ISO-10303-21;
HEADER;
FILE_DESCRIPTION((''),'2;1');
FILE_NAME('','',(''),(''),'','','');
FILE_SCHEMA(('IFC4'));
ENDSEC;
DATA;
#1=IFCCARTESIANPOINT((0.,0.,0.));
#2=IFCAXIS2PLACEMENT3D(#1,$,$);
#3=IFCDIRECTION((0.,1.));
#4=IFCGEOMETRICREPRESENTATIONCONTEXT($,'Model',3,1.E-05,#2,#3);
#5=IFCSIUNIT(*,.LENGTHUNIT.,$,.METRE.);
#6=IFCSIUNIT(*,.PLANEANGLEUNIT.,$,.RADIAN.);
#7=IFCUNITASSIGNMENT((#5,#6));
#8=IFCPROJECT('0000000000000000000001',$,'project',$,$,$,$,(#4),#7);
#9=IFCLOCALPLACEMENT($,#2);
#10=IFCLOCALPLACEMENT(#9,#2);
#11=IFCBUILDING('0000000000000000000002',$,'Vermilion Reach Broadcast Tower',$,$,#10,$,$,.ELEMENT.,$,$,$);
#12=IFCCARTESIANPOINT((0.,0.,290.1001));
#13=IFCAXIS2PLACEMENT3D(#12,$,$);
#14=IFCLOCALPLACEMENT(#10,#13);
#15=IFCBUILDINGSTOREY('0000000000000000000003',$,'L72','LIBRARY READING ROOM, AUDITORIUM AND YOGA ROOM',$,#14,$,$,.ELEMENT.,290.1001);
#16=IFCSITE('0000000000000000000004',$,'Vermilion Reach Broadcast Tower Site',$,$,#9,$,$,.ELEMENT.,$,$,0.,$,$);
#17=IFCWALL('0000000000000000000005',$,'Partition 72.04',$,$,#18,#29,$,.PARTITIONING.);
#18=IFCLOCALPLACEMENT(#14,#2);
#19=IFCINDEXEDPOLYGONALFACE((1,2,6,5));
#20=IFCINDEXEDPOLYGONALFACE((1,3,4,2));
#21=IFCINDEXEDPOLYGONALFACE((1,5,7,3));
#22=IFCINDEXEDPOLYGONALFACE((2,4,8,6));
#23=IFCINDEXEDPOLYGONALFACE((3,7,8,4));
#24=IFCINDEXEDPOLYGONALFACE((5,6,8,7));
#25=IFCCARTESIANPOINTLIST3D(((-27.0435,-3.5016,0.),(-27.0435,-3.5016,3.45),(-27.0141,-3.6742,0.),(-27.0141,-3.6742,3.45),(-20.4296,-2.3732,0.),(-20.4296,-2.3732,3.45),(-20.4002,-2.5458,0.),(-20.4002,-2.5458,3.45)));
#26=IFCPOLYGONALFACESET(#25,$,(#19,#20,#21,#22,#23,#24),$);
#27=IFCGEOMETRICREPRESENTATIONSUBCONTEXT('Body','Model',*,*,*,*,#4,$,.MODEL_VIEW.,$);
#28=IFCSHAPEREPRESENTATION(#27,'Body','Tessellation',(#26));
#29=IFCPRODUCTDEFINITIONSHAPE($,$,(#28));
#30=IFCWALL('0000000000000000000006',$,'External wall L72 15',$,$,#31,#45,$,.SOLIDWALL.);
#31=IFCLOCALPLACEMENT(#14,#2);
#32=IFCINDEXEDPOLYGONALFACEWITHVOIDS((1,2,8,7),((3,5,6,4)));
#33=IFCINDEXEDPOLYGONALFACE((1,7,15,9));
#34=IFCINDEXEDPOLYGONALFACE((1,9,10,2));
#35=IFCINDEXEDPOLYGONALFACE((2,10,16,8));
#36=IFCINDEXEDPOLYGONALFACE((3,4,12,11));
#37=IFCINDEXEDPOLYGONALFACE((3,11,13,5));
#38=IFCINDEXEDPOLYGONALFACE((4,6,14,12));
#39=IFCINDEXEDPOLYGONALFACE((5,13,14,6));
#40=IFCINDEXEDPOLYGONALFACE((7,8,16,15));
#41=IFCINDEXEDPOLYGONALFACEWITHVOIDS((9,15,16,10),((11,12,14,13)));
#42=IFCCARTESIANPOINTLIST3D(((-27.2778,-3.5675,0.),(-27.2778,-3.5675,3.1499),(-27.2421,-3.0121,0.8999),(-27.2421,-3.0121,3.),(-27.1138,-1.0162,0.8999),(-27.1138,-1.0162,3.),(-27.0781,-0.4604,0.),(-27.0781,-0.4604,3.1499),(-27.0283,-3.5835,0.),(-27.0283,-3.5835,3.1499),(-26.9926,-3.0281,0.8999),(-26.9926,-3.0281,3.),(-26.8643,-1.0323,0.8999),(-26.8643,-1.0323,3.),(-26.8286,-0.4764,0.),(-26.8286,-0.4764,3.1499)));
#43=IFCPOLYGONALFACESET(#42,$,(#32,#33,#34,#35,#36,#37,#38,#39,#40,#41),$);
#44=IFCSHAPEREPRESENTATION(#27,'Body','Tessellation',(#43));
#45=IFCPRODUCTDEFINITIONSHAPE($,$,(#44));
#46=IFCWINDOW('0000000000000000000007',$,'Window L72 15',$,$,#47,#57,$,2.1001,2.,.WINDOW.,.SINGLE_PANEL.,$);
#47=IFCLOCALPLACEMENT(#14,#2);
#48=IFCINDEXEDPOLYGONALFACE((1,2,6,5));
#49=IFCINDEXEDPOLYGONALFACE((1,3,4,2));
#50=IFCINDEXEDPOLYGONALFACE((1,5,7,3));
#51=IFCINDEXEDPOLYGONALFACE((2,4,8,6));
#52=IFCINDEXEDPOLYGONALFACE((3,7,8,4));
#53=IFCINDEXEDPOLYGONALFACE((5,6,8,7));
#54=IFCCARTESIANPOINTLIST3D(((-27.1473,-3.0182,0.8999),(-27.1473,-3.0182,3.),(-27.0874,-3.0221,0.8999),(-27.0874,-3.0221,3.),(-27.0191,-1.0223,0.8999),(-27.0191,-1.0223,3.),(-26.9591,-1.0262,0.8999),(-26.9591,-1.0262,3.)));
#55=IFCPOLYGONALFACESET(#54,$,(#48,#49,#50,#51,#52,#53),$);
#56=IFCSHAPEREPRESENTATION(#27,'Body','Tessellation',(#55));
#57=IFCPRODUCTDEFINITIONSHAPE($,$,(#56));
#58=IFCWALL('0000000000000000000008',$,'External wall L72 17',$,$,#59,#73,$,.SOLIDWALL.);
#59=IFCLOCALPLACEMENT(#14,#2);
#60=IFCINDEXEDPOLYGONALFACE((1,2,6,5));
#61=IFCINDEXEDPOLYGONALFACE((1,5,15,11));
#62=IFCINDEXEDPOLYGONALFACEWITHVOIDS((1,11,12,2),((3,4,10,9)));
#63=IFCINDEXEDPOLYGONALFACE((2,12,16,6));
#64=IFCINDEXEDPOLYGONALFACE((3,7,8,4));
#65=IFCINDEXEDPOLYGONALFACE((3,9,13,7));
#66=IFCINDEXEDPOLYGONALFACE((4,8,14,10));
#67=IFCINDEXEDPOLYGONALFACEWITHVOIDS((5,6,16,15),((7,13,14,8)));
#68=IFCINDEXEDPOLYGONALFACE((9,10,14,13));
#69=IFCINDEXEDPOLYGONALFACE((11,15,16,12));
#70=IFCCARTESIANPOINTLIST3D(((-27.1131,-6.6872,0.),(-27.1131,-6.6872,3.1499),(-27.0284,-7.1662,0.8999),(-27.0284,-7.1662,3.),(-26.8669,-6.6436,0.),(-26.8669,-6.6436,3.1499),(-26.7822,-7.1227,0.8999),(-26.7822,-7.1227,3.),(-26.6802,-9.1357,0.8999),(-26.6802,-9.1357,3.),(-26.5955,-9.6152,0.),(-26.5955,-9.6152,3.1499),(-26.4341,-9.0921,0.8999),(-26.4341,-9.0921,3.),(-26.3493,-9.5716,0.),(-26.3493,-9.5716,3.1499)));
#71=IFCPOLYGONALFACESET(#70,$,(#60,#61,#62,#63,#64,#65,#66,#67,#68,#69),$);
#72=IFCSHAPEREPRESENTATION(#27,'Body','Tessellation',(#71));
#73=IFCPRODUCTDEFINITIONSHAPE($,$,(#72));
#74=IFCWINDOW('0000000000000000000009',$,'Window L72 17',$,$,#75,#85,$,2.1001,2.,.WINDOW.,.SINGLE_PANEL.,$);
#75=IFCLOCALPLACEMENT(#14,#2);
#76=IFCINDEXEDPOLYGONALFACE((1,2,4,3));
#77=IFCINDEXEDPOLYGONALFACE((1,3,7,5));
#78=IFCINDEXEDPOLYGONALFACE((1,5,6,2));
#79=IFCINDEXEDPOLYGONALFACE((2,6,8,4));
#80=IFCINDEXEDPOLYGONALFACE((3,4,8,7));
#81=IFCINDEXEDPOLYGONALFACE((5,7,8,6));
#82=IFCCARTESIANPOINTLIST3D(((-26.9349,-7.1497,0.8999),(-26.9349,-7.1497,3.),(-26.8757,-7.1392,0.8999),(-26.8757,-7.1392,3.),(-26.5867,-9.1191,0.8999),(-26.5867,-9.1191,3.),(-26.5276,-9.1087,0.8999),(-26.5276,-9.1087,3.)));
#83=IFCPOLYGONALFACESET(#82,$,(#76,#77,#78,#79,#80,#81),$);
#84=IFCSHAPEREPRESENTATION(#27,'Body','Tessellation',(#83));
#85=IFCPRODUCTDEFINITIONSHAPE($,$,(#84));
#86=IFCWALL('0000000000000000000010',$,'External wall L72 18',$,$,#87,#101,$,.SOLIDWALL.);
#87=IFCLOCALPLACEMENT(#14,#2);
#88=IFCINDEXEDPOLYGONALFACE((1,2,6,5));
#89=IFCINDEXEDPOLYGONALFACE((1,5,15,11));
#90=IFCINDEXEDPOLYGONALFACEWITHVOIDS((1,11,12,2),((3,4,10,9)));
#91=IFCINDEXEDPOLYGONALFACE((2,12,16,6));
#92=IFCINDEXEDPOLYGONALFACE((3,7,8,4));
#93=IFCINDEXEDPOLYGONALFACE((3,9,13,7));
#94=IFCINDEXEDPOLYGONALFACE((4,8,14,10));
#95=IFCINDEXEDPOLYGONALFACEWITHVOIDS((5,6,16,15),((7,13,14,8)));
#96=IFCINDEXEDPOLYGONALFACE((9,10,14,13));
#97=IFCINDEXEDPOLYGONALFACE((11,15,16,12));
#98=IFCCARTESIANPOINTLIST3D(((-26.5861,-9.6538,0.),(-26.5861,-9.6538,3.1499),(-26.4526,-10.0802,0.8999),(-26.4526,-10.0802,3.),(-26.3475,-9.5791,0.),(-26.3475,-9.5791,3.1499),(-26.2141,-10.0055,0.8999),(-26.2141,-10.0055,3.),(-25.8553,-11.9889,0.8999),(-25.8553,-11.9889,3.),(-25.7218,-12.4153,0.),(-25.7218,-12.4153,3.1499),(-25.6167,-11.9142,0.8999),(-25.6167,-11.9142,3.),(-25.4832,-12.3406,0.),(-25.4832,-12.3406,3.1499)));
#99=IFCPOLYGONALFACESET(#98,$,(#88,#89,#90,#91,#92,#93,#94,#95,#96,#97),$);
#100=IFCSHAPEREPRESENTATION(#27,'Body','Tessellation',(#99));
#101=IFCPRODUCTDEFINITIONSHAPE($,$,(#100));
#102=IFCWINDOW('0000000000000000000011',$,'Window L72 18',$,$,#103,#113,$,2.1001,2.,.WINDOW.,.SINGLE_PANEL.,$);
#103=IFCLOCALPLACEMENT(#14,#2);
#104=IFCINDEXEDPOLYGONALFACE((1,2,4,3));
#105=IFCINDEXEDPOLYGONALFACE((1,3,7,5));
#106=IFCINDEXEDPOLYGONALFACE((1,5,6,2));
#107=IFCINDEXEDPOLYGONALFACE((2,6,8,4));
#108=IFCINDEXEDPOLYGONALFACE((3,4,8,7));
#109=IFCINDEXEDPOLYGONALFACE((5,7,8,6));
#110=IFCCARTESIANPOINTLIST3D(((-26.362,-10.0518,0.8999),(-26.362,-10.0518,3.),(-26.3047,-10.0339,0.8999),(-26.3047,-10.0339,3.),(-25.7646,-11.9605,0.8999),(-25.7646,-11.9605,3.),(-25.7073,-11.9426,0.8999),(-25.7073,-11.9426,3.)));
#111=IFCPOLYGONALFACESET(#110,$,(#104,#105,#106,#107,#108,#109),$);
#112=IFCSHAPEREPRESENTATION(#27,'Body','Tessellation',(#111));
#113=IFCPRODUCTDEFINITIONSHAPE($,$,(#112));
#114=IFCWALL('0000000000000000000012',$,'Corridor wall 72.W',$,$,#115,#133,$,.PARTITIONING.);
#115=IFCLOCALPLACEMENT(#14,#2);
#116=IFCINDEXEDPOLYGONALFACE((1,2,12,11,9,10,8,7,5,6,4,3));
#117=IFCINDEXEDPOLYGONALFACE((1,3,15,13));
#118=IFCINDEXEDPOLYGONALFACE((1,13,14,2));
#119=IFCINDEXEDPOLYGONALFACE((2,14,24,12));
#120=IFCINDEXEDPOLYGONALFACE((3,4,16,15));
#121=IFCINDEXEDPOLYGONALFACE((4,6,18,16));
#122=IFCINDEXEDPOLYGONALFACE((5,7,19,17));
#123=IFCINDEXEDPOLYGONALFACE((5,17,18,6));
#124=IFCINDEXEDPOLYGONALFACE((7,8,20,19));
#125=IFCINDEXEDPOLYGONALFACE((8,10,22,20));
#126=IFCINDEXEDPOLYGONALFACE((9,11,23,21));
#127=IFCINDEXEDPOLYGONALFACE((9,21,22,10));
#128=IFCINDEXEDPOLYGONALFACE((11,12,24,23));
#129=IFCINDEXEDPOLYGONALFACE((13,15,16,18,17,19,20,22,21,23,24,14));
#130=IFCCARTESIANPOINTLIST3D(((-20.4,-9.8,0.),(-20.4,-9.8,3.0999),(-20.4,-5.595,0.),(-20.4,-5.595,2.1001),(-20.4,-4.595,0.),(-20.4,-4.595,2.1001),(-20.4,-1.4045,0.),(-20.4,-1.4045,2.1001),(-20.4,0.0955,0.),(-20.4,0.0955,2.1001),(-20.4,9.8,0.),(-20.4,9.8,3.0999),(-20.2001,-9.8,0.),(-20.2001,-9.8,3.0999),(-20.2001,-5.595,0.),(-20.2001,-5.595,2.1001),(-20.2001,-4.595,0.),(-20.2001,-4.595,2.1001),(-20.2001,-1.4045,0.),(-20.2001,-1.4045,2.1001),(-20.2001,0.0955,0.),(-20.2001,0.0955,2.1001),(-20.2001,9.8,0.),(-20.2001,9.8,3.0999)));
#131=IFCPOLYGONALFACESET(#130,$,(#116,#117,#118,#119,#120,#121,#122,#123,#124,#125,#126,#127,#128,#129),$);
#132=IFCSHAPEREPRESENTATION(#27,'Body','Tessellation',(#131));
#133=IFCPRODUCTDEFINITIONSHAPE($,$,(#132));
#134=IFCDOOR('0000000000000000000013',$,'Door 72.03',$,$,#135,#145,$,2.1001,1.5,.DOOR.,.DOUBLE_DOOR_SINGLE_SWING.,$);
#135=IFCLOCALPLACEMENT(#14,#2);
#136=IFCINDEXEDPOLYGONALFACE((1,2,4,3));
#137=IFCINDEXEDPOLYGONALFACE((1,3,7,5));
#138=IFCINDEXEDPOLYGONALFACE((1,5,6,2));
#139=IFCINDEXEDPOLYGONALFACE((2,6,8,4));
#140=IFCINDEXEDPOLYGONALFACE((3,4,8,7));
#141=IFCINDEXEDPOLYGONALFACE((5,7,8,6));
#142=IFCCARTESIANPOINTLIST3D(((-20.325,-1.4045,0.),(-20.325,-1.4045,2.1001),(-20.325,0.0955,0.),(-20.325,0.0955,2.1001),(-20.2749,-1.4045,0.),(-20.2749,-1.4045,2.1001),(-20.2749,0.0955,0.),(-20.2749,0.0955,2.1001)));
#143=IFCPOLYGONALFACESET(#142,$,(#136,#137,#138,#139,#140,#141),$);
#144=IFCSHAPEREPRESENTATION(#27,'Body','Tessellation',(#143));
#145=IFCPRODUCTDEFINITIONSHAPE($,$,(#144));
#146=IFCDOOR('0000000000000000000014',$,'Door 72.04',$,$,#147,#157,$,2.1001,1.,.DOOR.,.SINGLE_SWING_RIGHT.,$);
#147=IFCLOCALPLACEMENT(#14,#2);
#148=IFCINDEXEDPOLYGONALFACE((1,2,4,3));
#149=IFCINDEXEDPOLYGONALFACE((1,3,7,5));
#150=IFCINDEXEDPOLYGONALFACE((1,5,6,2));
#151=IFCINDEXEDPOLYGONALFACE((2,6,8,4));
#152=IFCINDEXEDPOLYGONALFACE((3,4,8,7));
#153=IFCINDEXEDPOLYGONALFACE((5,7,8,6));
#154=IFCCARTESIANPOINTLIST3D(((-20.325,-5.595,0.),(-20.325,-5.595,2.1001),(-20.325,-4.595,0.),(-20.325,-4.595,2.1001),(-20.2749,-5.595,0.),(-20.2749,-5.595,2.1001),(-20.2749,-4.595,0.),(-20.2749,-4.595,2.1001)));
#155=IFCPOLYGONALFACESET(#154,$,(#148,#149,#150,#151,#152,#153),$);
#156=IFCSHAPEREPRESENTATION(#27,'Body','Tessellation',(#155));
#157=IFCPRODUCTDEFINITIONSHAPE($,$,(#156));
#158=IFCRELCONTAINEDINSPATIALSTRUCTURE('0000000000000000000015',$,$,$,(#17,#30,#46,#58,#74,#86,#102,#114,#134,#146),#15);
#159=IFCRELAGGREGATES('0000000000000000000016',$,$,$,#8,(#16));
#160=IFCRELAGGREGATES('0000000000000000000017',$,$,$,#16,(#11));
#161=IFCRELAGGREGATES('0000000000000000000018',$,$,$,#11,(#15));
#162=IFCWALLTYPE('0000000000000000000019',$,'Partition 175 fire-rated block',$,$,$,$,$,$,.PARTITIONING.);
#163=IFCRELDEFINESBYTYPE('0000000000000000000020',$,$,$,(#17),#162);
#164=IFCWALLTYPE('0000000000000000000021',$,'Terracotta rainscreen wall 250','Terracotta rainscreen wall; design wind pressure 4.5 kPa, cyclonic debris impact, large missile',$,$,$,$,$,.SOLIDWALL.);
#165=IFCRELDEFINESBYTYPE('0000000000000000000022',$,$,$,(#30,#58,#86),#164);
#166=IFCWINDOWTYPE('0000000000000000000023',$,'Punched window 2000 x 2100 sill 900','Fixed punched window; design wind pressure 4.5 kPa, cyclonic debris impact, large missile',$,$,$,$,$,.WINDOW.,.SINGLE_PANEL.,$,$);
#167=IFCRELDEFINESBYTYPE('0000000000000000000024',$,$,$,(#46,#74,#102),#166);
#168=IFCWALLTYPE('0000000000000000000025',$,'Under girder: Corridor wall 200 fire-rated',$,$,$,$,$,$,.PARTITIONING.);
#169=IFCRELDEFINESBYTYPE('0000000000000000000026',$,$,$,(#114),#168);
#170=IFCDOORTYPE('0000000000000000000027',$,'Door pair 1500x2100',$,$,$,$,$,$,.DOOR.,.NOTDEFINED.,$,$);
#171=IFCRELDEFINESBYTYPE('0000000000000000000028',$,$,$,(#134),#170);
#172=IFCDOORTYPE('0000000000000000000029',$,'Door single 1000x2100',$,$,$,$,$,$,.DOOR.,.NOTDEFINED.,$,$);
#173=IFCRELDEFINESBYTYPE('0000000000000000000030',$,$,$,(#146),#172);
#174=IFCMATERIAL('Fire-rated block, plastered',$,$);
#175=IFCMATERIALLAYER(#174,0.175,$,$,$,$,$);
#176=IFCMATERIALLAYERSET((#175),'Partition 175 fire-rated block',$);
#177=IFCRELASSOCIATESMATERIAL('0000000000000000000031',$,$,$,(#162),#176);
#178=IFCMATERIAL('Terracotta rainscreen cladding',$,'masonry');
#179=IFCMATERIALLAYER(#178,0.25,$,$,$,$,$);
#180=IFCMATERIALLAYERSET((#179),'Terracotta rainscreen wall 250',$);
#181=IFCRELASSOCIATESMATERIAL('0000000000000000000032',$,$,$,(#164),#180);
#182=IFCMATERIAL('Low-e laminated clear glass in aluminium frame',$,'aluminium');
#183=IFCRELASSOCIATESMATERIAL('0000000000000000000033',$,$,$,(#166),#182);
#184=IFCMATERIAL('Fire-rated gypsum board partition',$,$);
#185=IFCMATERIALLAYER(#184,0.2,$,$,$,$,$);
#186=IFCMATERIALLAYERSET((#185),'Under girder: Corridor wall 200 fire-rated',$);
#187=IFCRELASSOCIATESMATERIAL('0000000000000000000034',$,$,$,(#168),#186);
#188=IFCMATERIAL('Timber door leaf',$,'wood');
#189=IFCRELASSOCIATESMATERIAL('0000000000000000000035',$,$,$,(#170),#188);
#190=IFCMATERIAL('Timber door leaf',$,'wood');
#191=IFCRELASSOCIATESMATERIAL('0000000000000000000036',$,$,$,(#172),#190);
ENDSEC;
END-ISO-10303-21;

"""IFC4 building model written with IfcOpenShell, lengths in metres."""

from ifc_helpers import new_model, si_unit, direction, frame, frame_2d, origin, place, context, subcontext, project, spatial, rectangle, extrude, material, layer, layer_set, type_object, element, fill, save


model = new_model("IFC4")

# Units and contexts
model_context = context("Model", 3, precision=1e-05, world=origin(), true_north=direction((0.0, 1.0)))
body_context = subcontext(model_context, "Body", "Model", "MODEL_VIEW")
ifc_project = project(units=[si_unit("LENGTHUNIT", "METRE"), si_unit("PLANEANGLEUNIT", "RADIAN")], contexts=[model_context])

# Site, building, storey
site_placement = place(None, origin())
site = spatial("IfcSite", under=ifc_project, at=site_placement, Name="Vermilion Reach Broadcast Tower Site", CompositionType="ELEMENT", RefElevation=0.0)
building_placement = place(site_placement, origin())
building = spatial("IfcBuilding", under=site, at=building_placement, Name="Vermilion Reach Broadcast Tower", CompositionType="ELEMENT")
storey_placement = place(building_placement, frame((0.0, 0.0, 290.1001)))
storey = spatial("IfcBuildingStorey", under=building, at=storey_placement, Name="L72", Description="LIBRARY READING ROOM, AUDITORIUM AND YOGA ROOM", CompositionType="ELEMENT", Elevation=290.1001)

# Wall
ifc_material_1 = material(Name="Fire-rated block, plastered")
ifc_layer_1 = layer(ifc_material_1, 0.175)
ifc_layer_set_1 = layer_set([ifc_layer_1], Name="Partition 175 fire-rated block")
wall_type_1 = type_object("IfcWallType", Name="Partition 175 fire-rated block", PredefinedType="PARTITIONING", material=ifc_layer_set_1)
wall_1_placement = place(storey_placement, frame((-27.0288, -3.5879, 0.0), z_axis=(0.0, 0.0, 1.0), x_axis=(0.985756, 0.16818, 0.0)))
element("IfcWall", 1, at=wall_1_placement, inside=storey, type_object=wall_type_1, Name="Partition 72.04", PredefinedType="PARTITIONING", context=body_context, shape_type="SweptSolid", body=[
    extrude(rectangle(XDim=6.7095, YDim=0.175, at=frame_2d((3.3547, 0.0))), origin(), (0.0, 0.0, 1.0), 3.45),
])

# Wall, opening, window
ifc_material_2 = material(Name="Terracotta rainscreen cladding", Category="masonry")
ifc_layer_2 = layer(ifc_material_2, 0.25)
ifc_layer_set_2 = layer_set([ifc_layer_2], Name="Terracotta rainscreen wall 250")
wall_type_2 = type_object("IfcWallType", Name="Terracotta rainscreen wall 250", Description="Terracotta rainscreen wall; design wind pressure 4.5 kPa, cyclonic debris impact, large missile", PredefinedType="SOLIDWALL", material=ifc_layer_set_2)
wall_2_placement = place(storey_placement, frame((-26.9534, -0.4685, 0.0), z_axis=(0.0, 0.0, 1.0), x_axis=(-0.06414, -0.997941, 0.0)))
wall_2 = element("IfcWall", 2, at=wall_2_placement, inside=storey, type_object=wall_type_2, Name="External wall L72 15", PredefinedType="SOLIDWALL", context=body_context, shape_type="SweptSolid", body=[
    extrude(rectangle(XDim=3.1135, YDim=0.25, at=frame_2d((1.5566, 0.0))), origin(), (0.0, 0.0, 1.0), 3.1499),
])
opening_1_placement = place(wall_2_placement, frame((0.5569, 0.0, 0.8999)))
opening_1 = element("IfcOpeningElement", 3, at=opening_1_placement, cuts=wall_2, PredefinedType="OPENING", context=body_context, shape_type="SweptSolid", body=[
    extrude(rectangle(XDim=2.0, YDim=2.1001, at=frame_2d((1.0, 1.05))), frame((0.0, 0.135, 0.0), z_axis=(0.0, -1.0, 0.0), x_axis=(1.0, 0.0, 0.0)), (0.0, 0.0, 1.0), 0.27),
])
ifc_material_3 = material(Name="Low-e laminated clear glass in aluminium frame", Category="aluminium")
window_type = type_object("IfcWindowType", Name="Punched window 2000 x 2100 sill 900", Description="Fixed punched window; design wind pressure 4.5 kPa, cyclonic debris impact, large missile", PartitioningType="SINGLE_PANEL", PredefinedType="WINDOW", material=ifc_material_3)
window_1_placement = place(opening_1_placement, origin())
window_1 = element("IfcWindow", 4, at=window_1_placement, inside=storey, type_object=window_type, Name="Window L72 15", OverallHeight=2.1001, OverallWidth=2.0, PartitioningType="SINGLE_PANEL", PredefinedType="WINDOW", context=body_context, shape_type="SweptSolid", body=[
    extrude(rectangle(XDim=2.0, YDim=2.1001, at=frame_2d((1.0, 1.05))), frame((0.0, 0.03, 0.0), z_axis=(0.0, -1.0, 0.0), x_axis=(1.0, 0.0, 0.0)), (0.0, 0.0, 1.0), 0.0601),
])
fill(opening_1, window_1)

# Walls, openings, windows
wall_3_placement = place(storey_placement, frame((-26.99, -6.6653, 0.0), z_axis=(0.0, 0.0, 1.0), x_axis=(0.174071, -0.984733, 0.0)))
wall_3 = element("IfcWall", 5, at=wall_3_placement, inside=storey, type_object=wall_type_2, Name="External wall L72 17", PredefinedType="SOLIDWALL", context=body_context, shape_type="SweptSolid", body=[
    extrude(rectangle(XDim=2.9734, YDim=0.25, at=frame_2d((1.4868, 0.0))), origin(), (0.0, 0.0, 1.0), 3.1499),
])
opening_2_placement = place(wall_3_placement, frame((0.4866, 0.0, 0.8999)))
opening_2 = element("IfcOpeningElement", 6, at=opening_2_placement, cuts=wall_3, PredefinedType="OPENING", context=body_context, shape_type="SweptSolid", body=[
    extrude(rectangle(XDim=2.0, YDim=2.1001, at=frame_2d((1.0, 1.05))), frame((0.0, 0.135, 0.0), z_axis=(0.0, -1.0, 0.0), x_axis=(1.0, 0.0, 0.0)), (0.0, 0.0, 1.0), 0.27),
])
window_2_placement = place(opening_2_placement, origin())
window_2 = element("IfcWindow", 7, at=window_2_placement, inside=storey, type_object=window_type, Name="Window L72 17", OverallHeight=2.1001, OverallWidth=2.0, PartitioningType="SINGLE_PANEL", PredefinedType="WINDOW", context=body_context, shape_type="SweptSolid", body=[
    extrude(rectangle(XDim=2.0, YDim=2.1001, at=frame_2d((1.0, 1.05))), frame((0.0, 0.03, 0.0), z_axis=(0.0, -1.0, 0.0), x_axis=(1.0, 0.0, 0.0)), (0.0, 0.0, 1.0), 0.0601),
])
fill(opening_2, window_2)
wall_4_placement = place(storey_placement, frame((-26.4668, -9.6165, 0.0), z_axis=(0.0, 0.0, 1.0), x_axis=(0.298683, -0.954352, 0.0)))
wall_4 = element("IfcWall", 8, at=wall_4_placement, inside=storey, type_object=wall_type_2, Name="External wall L72 18", PredefinedType="SOLIDWALL", context=body_context, shape_type="SweptSolid", body=[
    extrude(rectangle(XDim=2.8936, YDim=0.25, at=frame_2d((1.4468, 0.0))), origin(), (0.0, 0.0, 1.0), 3.1499),
])
opening_3_placement = place(wall_4_placement, frame((0.4468, 0.0, 0.8999)))
opening_3 = element("IfcOpeningElement", 9, at=opening_3_placement, cuts=wall_4, PredefinedType="OPENING", context=body_context, shape_type="SweptSolid", body=[
    extrude(rectangle(XDim=2.0, YDim=2.1001, at=frame_2d((1.0, 1.05))), frame((0.0, 0.135, 0.0), z_axis=(0.0, -1.0, 0.0), x_axis=(1.0, 0.0, 0.0)), (0.0, 0.0, 1.0), 0.27),
])
window_3_placement = place(opening_3_placement, origin())
window_3 = element("IfcWindow", 10, at=window_3_placement, inside=storey, type_object=window_type, Name="Window L72 18", OverallHeight=2.1001, OverallWidth=2.0, PartitioningType="SINGLE_PANEL", PredefinedType="WINDOW", context=body_context, shape_type="SweptSolid", body=[
    extrude(rectangle(XDim=2.0, YDim=2.1001, at=frame_2d((1.0, 1.05))), frame((0.0, 0.03, 0.0), z_axis=(0.0, -1.0, 0.0), x_axis=(1.0, 0.0, 0.0)), (0.0, 0.0, 1.0), 0.0601),
])
fill(opening_3, window_3)

# Wall, openings, doors
ifc_material_4 = material(Name="Fire-rated gypsum board partition")
ifc_layer_3 = layer(ifc_material_4, 0.2)
ifc_layer_set_3 = layer_set([ifc_layer_3], Name="Under girder: Corridor wall 200 fire-rated")
wall_type_3 = type_object("IfcWallType", Name="Under girder: Corridor wall 200 fire-rated", PredefinedType="PARTITIONING", material=ifc_layer_set_3)
wall_5_placement = place(storey_placement, frame((-20.3, -9.8, 0.0), z_axis=(0.0, 0.0, 1.0), x_axis=(0.0, 1.0, 0.0)))
wall_5 = element("IfcWall", 11, at=wall_5_placement, inside=storey, type_object=wall_type_3, Name="Corridor wall 72.W", PredefinedType="PARTITIONING", context=body_context, shape_type="SweptSolid", body=[
    extrude(rectangle(XDim=19.6001, YDim=0.2, at=frame_2d((9.8, 0.0))), origin(), (0.0, 0.0, 1.0), 3.0999),
])
opening_4_placement = place(wall_5_placement, frame((8.3955, 0.0, 0.0)))
opening_4 = element("IfcOpeningElement", 12, at=opening_4_placement, cuts=wall_5, PredefinedType="OPENING", context=body_context, shape_type="SweptSolid", body=[
    extrude(rectangle(XDim=1.5, YDim=2.1001, at=frame_2d((0.75, 1.05))), frame((0.0, 0.1099, 0.0), z_axis=(0.0, -1.0, 0.0), x_axis=(1.0, 0.0, 0.0)), (0.0, 0.0, 1.0), 0.22),
])
opening_5_placement = place(wall_5_placement, frame((4.2051, 0.0, 0.0)))
opening_5 = element("IfcOpeningElement", 13, at=opening_5_placement, cuts=wall_5, PredefinedType="OPENING", context=body_context, shape_type="SweptSolid", body=[
    extrude(rectangle(XDim=1.0, YDim=2.1001, at=frame_2d((0.5, 1.05))), frame((0.0, 0.1099, 0.0), z_axis=(0.0, -1.0, 0.0), x_axis=(1.0, 0.0, 0.0)), (0.0, 0.0, 1.0), 0.22),
])
ifc_material_5 = material(Name="Timber door leaf", Category="wood")
door_type_1 = type_object("IfcDoorType", Name="Door pair 1500x2100", OperationType="NOTDEFINED", PredefinedType="DOOR", material=ifc_material_5)
door_1_placement = place(opening_4_placement, origin())
door_1 = element("IfcDoor", 14, at=door_1_placement, inside=storey, type_object=door_type_1, Name="Door 72.03", OperationType="DOUBLE_DOOR_SINGLE_SWING", OverallHeight=2.1001, OverallWidth=1.5, PredefinedType="DOOR", context=body_context, shape_type="SweptSolid", body=[
    extrude(rectangle(XDim=1.5, YDim=2.1001, at=frame_2d((0.75, 1.05))), frame((0.0, 0.0249, 0.0), z_axis=(0.0, -1.0, 0.0), x_axis=(1.0, 0.0, 0.0)), (0.0, 0.0, 1.0), 0.05),
])
fill(opening_4, door_1)
ifc_material_6 = material(Name="Timber door leaf", Category="wood")
door_type_2 = type_object("IfcDoorType", Name="Door single 1000x2100", OperationType="NOTDEFINED", PredefinedType="DOOR", material=ifc_material_6)
door_2_placement = place(opening_5_placement, origin())
door_2 = element("IfcDoor", 15, at=door_2_placement, inside=storey, type_object=door_type_2, Name="Door 72.04", OperationType="SINGLE_SWING_RIGHT", OverallHeight=2.1001, OverallWidth=1.0, PredefinedType="DOOR", context=body_context, shape_type="SweptSolid", body=[
    extrude(rectangle(XDim=1.0, YDim=2.1001, at=frame_2d((0.5, 1.05))), frame((0.0, 0.0249, 0.0), z_axis=(0.0, -1.0, 0.0), x_axis=(1.0, 0.0, 0.0)), (0.0, 0.0, 1.0), 0.05),
])
fill(opening_5, door_2)

save(model, "model.ifc")
